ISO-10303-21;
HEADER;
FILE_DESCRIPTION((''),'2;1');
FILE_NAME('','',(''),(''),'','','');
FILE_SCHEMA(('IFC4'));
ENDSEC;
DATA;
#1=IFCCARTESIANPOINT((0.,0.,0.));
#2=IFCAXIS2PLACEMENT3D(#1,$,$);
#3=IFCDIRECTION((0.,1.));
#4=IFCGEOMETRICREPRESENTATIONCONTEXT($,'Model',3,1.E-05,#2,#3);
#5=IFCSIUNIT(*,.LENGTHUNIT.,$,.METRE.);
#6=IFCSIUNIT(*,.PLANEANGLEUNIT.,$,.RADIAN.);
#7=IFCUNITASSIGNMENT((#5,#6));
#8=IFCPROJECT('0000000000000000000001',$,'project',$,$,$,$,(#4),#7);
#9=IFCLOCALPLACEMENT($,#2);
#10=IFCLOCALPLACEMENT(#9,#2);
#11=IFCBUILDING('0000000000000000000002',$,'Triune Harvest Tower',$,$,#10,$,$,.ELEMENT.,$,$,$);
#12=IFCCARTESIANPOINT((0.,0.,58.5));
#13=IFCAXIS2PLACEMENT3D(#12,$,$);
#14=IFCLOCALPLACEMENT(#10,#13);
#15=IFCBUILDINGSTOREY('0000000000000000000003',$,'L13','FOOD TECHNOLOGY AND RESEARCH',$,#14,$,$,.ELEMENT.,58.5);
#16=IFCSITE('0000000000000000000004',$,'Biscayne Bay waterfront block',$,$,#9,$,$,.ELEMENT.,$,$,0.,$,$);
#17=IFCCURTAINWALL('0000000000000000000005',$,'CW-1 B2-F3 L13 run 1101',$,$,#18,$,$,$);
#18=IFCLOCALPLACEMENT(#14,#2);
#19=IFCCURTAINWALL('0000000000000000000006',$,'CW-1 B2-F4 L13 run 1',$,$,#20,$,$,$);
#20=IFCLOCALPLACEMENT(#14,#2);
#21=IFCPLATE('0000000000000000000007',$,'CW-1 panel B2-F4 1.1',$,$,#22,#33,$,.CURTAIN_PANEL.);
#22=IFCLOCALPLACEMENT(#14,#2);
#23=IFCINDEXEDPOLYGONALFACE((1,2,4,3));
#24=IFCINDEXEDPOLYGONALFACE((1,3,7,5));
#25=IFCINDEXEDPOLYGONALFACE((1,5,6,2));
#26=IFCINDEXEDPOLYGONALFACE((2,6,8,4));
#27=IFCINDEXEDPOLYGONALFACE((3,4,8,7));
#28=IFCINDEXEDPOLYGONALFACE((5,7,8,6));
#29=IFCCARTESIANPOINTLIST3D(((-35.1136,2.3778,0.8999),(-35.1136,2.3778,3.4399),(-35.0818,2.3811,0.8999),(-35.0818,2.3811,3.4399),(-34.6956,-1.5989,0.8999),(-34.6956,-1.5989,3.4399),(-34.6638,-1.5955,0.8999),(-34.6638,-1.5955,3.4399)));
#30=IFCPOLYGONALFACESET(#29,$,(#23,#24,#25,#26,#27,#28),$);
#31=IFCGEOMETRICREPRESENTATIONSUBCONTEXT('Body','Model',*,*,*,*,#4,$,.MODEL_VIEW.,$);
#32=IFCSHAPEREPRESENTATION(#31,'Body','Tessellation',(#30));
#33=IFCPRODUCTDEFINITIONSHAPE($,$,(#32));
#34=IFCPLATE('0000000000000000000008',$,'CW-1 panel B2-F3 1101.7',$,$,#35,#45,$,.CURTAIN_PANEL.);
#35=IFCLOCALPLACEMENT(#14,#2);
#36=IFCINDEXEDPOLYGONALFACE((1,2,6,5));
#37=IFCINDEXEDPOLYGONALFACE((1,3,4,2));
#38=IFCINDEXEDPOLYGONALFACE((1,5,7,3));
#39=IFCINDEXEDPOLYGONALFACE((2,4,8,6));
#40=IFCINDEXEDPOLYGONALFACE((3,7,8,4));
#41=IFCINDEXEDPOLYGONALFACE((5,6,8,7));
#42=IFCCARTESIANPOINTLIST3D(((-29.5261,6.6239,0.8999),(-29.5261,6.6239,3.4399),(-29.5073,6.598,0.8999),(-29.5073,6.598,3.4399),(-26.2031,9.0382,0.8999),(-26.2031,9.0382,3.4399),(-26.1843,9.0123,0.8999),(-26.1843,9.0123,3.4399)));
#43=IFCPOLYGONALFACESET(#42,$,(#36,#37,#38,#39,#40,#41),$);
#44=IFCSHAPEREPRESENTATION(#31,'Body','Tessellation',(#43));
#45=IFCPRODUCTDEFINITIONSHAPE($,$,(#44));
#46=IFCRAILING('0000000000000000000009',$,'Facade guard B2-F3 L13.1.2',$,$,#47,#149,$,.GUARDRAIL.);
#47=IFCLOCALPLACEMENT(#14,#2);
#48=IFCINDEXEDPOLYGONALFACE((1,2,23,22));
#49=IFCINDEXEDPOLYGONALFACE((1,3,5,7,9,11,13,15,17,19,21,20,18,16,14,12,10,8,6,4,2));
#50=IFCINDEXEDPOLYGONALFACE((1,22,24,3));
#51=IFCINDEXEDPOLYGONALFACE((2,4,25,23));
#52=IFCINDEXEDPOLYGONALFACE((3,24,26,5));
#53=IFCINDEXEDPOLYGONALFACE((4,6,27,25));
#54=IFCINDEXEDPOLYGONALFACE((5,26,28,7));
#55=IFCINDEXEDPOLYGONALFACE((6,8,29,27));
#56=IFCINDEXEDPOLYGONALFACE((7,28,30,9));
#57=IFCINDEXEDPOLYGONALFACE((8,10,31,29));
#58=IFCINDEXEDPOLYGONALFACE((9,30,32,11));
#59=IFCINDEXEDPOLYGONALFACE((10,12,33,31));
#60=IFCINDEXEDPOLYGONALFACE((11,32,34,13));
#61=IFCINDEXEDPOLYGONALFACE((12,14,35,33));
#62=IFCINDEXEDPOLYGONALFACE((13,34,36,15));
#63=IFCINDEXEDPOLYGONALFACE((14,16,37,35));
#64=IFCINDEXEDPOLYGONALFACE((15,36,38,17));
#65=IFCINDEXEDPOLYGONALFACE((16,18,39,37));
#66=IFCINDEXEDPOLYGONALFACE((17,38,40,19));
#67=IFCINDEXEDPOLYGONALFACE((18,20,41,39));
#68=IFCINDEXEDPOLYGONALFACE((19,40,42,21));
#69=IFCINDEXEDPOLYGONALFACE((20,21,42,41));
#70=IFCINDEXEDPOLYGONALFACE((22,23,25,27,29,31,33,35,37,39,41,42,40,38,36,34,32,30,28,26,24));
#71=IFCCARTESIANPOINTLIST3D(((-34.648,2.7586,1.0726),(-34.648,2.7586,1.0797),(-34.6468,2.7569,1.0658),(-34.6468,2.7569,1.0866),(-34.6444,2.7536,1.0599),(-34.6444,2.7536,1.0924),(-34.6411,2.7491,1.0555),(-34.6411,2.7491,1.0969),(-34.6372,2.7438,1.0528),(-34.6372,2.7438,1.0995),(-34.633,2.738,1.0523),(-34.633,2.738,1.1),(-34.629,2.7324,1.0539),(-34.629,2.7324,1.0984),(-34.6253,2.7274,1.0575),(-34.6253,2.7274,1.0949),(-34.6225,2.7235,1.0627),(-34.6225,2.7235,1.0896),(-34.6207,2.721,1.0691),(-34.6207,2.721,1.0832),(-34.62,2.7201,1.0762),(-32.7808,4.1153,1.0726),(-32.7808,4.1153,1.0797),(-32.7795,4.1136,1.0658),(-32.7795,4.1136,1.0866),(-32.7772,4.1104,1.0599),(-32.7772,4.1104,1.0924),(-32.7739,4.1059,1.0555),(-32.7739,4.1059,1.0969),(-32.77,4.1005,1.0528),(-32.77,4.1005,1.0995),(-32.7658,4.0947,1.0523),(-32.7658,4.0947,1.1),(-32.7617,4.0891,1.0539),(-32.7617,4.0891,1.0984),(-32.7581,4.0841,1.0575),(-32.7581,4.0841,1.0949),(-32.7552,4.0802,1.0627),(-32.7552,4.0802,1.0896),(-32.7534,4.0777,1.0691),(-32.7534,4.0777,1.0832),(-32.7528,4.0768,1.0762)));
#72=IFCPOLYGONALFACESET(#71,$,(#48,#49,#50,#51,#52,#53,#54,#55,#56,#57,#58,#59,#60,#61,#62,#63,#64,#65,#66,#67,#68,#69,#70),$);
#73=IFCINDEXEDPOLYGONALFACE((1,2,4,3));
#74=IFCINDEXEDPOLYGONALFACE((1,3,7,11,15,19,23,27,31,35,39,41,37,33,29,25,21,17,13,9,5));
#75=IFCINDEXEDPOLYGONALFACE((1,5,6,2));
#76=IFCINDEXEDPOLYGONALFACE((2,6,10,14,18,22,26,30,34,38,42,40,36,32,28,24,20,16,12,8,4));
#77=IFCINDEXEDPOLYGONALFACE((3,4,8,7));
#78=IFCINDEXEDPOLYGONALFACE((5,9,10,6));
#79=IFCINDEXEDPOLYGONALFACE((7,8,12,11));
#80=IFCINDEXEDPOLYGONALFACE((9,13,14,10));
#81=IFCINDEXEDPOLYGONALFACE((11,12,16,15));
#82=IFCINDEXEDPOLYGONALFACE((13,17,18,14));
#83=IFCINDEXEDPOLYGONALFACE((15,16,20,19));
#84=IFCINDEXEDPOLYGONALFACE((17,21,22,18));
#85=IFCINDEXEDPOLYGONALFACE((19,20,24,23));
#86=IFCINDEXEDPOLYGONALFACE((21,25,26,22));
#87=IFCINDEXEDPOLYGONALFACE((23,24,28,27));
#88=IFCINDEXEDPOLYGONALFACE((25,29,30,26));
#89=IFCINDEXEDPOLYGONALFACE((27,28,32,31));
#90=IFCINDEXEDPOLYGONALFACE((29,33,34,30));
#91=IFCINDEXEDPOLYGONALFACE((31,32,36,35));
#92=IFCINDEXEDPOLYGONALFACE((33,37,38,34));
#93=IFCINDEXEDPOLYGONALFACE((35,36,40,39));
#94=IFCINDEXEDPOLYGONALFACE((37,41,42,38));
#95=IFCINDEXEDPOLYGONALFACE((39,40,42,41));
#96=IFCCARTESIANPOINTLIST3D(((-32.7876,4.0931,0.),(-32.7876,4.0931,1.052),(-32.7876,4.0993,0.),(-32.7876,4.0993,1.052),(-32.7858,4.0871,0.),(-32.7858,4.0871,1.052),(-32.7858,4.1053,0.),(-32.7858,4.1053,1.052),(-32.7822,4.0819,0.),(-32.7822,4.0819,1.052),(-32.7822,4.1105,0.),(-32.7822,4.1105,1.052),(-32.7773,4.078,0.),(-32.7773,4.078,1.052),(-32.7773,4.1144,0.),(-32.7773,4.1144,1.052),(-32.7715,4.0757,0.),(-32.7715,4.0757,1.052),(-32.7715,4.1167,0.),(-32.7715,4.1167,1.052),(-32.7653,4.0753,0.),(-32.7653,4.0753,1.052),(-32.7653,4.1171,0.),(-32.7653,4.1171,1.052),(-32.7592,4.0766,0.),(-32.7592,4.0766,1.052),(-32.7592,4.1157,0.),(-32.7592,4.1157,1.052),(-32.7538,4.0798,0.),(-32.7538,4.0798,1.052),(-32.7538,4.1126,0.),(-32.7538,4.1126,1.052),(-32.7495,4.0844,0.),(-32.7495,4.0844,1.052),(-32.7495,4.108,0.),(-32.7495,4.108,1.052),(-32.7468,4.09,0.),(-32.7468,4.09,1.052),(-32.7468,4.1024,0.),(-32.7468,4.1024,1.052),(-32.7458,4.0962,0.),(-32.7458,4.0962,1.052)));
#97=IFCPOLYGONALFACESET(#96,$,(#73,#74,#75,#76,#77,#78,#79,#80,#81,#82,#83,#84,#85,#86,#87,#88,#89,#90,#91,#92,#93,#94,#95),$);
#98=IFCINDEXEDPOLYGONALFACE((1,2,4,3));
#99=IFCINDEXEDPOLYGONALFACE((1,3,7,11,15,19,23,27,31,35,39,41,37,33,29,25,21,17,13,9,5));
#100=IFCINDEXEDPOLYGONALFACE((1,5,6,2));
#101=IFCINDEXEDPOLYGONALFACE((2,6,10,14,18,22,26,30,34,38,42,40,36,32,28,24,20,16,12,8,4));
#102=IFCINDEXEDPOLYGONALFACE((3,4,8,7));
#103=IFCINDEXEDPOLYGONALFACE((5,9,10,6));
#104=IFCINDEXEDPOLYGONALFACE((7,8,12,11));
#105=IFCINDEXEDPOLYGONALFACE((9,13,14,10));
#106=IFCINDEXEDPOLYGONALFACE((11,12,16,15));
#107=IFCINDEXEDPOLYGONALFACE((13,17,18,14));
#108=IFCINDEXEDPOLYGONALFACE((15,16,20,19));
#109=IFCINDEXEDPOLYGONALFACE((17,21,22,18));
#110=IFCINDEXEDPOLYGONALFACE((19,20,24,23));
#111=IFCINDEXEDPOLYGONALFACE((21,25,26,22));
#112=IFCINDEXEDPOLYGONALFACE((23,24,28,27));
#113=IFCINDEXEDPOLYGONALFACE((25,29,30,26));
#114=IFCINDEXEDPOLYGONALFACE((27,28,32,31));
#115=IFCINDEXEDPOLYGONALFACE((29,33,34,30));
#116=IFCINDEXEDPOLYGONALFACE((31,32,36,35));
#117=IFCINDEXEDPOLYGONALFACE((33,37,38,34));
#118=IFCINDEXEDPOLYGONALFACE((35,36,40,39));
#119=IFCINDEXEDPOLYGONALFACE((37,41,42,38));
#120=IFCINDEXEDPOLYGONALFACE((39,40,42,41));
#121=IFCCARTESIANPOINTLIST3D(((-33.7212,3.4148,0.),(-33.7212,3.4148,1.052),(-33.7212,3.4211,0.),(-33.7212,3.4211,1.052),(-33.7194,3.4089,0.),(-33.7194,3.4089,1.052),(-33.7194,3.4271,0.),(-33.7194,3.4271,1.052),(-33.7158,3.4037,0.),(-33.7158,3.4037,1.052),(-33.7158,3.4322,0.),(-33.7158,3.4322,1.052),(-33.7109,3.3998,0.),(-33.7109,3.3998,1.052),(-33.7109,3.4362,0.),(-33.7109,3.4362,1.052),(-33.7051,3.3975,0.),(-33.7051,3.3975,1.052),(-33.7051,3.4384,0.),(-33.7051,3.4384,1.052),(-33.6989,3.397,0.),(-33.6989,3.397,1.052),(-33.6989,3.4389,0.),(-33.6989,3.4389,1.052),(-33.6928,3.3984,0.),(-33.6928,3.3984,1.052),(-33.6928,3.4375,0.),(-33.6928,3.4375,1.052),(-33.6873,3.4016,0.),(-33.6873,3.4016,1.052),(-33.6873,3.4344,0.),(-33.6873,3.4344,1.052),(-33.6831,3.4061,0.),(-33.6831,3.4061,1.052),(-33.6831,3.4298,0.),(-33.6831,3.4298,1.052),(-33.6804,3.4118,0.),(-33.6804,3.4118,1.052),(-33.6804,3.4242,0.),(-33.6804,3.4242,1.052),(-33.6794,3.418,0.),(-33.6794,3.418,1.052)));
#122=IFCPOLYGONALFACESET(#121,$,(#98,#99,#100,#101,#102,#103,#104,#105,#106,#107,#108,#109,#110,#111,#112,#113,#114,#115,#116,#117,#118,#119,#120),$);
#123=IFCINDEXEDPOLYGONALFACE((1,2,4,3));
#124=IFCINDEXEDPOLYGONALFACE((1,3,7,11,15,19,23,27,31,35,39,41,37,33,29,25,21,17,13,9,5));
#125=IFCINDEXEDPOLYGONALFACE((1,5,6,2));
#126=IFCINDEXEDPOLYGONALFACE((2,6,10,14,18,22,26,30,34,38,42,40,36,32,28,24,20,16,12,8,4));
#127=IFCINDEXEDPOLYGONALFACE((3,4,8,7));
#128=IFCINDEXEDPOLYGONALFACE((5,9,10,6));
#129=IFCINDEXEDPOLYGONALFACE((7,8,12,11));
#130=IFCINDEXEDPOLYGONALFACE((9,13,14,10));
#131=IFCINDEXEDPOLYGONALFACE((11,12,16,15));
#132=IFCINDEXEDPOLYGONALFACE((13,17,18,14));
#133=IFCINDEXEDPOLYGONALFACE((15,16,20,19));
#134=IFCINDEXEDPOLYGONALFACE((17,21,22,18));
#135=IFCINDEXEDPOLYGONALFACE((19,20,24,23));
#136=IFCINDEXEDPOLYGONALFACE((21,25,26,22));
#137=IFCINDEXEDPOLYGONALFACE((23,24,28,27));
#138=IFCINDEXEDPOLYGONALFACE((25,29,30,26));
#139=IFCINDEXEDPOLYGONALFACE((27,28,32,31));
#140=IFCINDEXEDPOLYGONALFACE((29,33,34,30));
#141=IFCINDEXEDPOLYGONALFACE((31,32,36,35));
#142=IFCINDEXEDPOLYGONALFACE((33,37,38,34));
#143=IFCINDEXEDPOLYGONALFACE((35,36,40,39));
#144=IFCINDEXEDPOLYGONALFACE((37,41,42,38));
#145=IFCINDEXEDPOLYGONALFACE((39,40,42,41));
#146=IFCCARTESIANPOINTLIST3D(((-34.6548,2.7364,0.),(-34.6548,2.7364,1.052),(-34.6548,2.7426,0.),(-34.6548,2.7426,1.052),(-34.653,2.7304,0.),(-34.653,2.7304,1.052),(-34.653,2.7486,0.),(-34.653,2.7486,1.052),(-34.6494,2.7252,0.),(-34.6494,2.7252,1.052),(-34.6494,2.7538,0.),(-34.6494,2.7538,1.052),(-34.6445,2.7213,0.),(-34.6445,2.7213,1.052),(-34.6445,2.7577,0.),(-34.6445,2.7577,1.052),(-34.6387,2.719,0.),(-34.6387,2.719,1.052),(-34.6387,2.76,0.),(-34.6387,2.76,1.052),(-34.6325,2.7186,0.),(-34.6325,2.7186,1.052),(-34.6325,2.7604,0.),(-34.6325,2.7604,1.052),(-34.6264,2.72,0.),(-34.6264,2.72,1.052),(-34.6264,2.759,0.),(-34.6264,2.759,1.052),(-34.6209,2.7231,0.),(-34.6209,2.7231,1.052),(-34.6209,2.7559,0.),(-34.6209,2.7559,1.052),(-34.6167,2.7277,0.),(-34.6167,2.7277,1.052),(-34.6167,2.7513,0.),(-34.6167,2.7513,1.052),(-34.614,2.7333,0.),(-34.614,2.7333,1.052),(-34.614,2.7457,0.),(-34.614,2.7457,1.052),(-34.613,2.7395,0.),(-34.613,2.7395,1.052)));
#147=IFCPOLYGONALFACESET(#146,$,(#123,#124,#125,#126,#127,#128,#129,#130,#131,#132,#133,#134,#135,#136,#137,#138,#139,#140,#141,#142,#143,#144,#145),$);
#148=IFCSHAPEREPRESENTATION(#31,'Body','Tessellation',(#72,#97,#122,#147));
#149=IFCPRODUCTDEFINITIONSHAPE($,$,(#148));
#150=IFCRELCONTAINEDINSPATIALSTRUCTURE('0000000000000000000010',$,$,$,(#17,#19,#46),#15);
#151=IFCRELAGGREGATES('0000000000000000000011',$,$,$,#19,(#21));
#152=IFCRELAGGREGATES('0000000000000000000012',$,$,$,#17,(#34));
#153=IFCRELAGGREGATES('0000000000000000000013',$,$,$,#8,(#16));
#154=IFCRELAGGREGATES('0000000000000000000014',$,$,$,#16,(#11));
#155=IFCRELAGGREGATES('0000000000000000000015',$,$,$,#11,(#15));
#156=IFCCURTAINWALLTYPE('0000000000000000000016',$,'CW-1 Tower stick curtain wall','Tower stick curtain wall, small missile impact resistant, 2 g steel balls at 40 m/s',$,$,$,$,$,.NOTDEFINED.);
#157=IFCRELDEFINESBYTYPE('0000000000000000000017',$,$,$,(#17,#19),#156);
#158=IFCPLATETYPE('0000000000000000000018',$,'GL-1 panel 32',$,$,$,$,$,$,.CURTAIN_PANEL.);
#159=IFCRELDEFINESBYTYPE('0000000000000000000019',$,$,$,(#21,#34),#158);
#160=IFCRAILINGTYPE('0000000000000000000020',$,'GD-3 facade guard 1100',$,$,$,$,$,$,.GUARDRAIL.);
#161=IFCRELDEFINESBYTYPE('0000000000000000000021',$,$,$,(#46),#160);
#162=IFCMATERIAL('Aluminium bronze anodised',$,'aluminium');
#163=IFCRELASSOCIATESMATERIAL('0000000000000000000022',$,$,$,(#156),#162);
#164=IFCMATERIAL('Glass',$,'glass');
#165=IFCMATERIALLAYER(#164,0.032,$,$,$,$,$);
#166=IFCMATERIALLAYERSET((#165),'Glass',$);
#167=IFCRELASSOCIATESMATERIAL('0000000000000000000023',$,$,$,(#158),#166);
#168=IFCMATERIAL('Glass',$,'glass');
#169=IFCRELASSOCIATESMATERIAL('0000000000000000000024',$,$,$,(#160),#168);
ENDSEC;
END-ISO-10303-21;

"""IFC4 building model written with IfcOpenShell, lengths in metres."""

from ifc_helpers import new_model, si_unit, direction, frame, origin, origin_2d, place, context, subcontext, project, spatial, rectangle, circle, extrude, source, transform, mapped, material, layer, layer_set, type_object, element, aggregate, save


model = new_model("IFC4")

# Units and contexts
model_context = context("Model", 3, precision=1e-05, world=origin(), true_north=direction((0.0, 1.0)))
body_context = subcontext(model_context, "Body", "Model", "MODEL_VIEW")
ifc_project = project(units=[si_unit("LENGTHUNIT", "METRE"), si_unit("PLANEANGLEUNIT", "RADIAN")], contexts=[model_context])

# Site, building, storey
site_placement = place(None, origin())
site = spatial("IfcSite", under=ifc_project, at=site_placement, Name="Biscayne Bay waterfront block", CompositionType="ELEMENT", RefElevation=0.0)
building_placement = place(site_placement, origin())
building = spatial("IfcBuilding", under=site, at=building_placement, Name="Triune Harvest Tower", CompositionType="ELEMENT")
storey_placement = place(building_placement, frame((0.0, 0.0, 58.5)))
storey = spatial("IfcBuildingStorey", under=building, at=storey_placement, Name="L13", Description="FOOD TECHNOLOGY AND RESEARCH", CompositionType="ELEMENT", Elevation=58.5)

# Shared definitions
ifc_material_1 = material(Name="Aluminium bronze anodised", Category="aluminium")
curtain_wall_type = type_object("IfcCurtainWallType", Name="CW-1 Tower stick curtain wall", Description="Tower stick curtain wall, small missile impact resistant, 2 g steel balls at 40 m/s", PredefinedType="NOTDEFINED", material=ifc_material_1)

# Curtain wall
curtain_wall_1_placement = place(storey_placement, origin())
curtain_wall_1 = element("IfcCurtainWall", 1, at=curtain_wall_1_placement, inside=storey, type_object=curtain_wall_type, Name="CW-1 B2-F3 L13 run 1101")

# Curtain wall
curtain_wall_2_placement = place(storey_placement, origin())
curtain_wall_2 = element("IfcCurtainWall", 2, at=curtain_wall_2_placement, inside=storey, type_object=curtain_wall_type, Name="CW-1 B2-F4 L13 run 1")

# Plates
ifc_material_2 = material(Name="Glass", Category="glass")
ifc_layer = layer(ifc_material_2, 0.032)
ifc_layer_set = layer_set([ifc_layer], Name="Glass")
plate_type = type_object("IfcPlateType", Name="GL-1 panel 32", PredefinedType="CURTAIN_PANEL", material=ifc_layer_set)
shared_shape_1 = source(origin(), body_context, "Body", "SweptSolid", [
    extrude(rectangle(XDim=3.9985, YDim=0.032, at=origin_2d()), origin(), (0.0, 0.0, 1.0), 2.54),
])
plate_1_placement = place(storey_placement, frame((-34.8887, 0.3911, 0.8999), z_axis=(0.0, 0.0, 1.0), x_axis=(0.104529, -0.994522, 0.0)))
plate_1 = element("IfcPlate", 3, at=plate_1_placement, type_object=plate_type, Name="CW-1 panel B2-F4 1.1", PredefinedType="CURTAIN_PANEL", context=body_context, shape_type="MappedRepresentation", body=[
    mapped(shared_shape_1, transform((0.0, 0.0, 0.0), scale=1.0)),
])
aggregate(curtain_wall_2, [plate_1])
shared_shape_2 = source(origin(), body_context, "Body", "SweptSolid", [
    extrude(rectangle(XDim=4.1074, YDim=0.032, at=origin_2d()), origin(), (0.0, 0.0, 1.0), 2.54),
])
plate_2_placement = place(storey_placement, frame((-27.8552, 7.8181, 0.8999), z_axis=(0.0, 0.0, 1.0), x_axis=(-0.809017, -0.587785, 0.0)))
plate_2 = element("IfcPlate", 4, at=plate_2_placement, type_object=plate_type, Name="CW-1 panel B2-F3 1101.7", PredefinedType="CURTAIN_PANEL", context=body_context, shape_type="MappedRepresentation", body=[
    mapped(shared_shape_2, transform((0.0, 0.0, 0.0), scale=1.0)),
])
aggregate(curtain_wall_1, [plate_2])

# Railing
ifc_material_3 = material(Name="Glass", Category="glass")
railing_type = type_object("IfcRailingType", Name="GD-3 facade guard 1100", PredefinedType="GUARDRAIL", material=ifc_material_3)
railing_placement = place(storey_placement, frame((-32.7668, 4.0962, 0.0)))
element("IfcRailing", 5, at=railing_placement, inside=storey, type_object=railing_type, Name="Facade guard B2-F3 L13.1.2", PredefinedType="GUARDRAIL", context=body_context, shape_type="SweptSolid", body=[
    extrude(circle(Radius=0.0239, at=origin_2d()), frame((0.0, 0.0, 1.0762), z_axis=(-0.808997, -0.587813, 0.0), x_axis=(0.587813, -0.808997, 0.0)), (0.0, 0.0, 1.0), 2.3081),
    extrude(circle(Radius=0.021, at=origin_2d()), origin(), (0.0, 0.0, 1.0), 1.052),
    extrude(circle(Radius=0.021, at=origin_2d()), frame((-0.9336, -0.6782, 0.0)), (0.0, 0.0, 1.0), 1.052),
    extrude(circle(Radius=0.021, at=origin_2d()), frame((-1.8672, -1.3567, 0.0)), (0.0, 0.0, 1.0), 1.052),
])

save(model, "model.ifc")
